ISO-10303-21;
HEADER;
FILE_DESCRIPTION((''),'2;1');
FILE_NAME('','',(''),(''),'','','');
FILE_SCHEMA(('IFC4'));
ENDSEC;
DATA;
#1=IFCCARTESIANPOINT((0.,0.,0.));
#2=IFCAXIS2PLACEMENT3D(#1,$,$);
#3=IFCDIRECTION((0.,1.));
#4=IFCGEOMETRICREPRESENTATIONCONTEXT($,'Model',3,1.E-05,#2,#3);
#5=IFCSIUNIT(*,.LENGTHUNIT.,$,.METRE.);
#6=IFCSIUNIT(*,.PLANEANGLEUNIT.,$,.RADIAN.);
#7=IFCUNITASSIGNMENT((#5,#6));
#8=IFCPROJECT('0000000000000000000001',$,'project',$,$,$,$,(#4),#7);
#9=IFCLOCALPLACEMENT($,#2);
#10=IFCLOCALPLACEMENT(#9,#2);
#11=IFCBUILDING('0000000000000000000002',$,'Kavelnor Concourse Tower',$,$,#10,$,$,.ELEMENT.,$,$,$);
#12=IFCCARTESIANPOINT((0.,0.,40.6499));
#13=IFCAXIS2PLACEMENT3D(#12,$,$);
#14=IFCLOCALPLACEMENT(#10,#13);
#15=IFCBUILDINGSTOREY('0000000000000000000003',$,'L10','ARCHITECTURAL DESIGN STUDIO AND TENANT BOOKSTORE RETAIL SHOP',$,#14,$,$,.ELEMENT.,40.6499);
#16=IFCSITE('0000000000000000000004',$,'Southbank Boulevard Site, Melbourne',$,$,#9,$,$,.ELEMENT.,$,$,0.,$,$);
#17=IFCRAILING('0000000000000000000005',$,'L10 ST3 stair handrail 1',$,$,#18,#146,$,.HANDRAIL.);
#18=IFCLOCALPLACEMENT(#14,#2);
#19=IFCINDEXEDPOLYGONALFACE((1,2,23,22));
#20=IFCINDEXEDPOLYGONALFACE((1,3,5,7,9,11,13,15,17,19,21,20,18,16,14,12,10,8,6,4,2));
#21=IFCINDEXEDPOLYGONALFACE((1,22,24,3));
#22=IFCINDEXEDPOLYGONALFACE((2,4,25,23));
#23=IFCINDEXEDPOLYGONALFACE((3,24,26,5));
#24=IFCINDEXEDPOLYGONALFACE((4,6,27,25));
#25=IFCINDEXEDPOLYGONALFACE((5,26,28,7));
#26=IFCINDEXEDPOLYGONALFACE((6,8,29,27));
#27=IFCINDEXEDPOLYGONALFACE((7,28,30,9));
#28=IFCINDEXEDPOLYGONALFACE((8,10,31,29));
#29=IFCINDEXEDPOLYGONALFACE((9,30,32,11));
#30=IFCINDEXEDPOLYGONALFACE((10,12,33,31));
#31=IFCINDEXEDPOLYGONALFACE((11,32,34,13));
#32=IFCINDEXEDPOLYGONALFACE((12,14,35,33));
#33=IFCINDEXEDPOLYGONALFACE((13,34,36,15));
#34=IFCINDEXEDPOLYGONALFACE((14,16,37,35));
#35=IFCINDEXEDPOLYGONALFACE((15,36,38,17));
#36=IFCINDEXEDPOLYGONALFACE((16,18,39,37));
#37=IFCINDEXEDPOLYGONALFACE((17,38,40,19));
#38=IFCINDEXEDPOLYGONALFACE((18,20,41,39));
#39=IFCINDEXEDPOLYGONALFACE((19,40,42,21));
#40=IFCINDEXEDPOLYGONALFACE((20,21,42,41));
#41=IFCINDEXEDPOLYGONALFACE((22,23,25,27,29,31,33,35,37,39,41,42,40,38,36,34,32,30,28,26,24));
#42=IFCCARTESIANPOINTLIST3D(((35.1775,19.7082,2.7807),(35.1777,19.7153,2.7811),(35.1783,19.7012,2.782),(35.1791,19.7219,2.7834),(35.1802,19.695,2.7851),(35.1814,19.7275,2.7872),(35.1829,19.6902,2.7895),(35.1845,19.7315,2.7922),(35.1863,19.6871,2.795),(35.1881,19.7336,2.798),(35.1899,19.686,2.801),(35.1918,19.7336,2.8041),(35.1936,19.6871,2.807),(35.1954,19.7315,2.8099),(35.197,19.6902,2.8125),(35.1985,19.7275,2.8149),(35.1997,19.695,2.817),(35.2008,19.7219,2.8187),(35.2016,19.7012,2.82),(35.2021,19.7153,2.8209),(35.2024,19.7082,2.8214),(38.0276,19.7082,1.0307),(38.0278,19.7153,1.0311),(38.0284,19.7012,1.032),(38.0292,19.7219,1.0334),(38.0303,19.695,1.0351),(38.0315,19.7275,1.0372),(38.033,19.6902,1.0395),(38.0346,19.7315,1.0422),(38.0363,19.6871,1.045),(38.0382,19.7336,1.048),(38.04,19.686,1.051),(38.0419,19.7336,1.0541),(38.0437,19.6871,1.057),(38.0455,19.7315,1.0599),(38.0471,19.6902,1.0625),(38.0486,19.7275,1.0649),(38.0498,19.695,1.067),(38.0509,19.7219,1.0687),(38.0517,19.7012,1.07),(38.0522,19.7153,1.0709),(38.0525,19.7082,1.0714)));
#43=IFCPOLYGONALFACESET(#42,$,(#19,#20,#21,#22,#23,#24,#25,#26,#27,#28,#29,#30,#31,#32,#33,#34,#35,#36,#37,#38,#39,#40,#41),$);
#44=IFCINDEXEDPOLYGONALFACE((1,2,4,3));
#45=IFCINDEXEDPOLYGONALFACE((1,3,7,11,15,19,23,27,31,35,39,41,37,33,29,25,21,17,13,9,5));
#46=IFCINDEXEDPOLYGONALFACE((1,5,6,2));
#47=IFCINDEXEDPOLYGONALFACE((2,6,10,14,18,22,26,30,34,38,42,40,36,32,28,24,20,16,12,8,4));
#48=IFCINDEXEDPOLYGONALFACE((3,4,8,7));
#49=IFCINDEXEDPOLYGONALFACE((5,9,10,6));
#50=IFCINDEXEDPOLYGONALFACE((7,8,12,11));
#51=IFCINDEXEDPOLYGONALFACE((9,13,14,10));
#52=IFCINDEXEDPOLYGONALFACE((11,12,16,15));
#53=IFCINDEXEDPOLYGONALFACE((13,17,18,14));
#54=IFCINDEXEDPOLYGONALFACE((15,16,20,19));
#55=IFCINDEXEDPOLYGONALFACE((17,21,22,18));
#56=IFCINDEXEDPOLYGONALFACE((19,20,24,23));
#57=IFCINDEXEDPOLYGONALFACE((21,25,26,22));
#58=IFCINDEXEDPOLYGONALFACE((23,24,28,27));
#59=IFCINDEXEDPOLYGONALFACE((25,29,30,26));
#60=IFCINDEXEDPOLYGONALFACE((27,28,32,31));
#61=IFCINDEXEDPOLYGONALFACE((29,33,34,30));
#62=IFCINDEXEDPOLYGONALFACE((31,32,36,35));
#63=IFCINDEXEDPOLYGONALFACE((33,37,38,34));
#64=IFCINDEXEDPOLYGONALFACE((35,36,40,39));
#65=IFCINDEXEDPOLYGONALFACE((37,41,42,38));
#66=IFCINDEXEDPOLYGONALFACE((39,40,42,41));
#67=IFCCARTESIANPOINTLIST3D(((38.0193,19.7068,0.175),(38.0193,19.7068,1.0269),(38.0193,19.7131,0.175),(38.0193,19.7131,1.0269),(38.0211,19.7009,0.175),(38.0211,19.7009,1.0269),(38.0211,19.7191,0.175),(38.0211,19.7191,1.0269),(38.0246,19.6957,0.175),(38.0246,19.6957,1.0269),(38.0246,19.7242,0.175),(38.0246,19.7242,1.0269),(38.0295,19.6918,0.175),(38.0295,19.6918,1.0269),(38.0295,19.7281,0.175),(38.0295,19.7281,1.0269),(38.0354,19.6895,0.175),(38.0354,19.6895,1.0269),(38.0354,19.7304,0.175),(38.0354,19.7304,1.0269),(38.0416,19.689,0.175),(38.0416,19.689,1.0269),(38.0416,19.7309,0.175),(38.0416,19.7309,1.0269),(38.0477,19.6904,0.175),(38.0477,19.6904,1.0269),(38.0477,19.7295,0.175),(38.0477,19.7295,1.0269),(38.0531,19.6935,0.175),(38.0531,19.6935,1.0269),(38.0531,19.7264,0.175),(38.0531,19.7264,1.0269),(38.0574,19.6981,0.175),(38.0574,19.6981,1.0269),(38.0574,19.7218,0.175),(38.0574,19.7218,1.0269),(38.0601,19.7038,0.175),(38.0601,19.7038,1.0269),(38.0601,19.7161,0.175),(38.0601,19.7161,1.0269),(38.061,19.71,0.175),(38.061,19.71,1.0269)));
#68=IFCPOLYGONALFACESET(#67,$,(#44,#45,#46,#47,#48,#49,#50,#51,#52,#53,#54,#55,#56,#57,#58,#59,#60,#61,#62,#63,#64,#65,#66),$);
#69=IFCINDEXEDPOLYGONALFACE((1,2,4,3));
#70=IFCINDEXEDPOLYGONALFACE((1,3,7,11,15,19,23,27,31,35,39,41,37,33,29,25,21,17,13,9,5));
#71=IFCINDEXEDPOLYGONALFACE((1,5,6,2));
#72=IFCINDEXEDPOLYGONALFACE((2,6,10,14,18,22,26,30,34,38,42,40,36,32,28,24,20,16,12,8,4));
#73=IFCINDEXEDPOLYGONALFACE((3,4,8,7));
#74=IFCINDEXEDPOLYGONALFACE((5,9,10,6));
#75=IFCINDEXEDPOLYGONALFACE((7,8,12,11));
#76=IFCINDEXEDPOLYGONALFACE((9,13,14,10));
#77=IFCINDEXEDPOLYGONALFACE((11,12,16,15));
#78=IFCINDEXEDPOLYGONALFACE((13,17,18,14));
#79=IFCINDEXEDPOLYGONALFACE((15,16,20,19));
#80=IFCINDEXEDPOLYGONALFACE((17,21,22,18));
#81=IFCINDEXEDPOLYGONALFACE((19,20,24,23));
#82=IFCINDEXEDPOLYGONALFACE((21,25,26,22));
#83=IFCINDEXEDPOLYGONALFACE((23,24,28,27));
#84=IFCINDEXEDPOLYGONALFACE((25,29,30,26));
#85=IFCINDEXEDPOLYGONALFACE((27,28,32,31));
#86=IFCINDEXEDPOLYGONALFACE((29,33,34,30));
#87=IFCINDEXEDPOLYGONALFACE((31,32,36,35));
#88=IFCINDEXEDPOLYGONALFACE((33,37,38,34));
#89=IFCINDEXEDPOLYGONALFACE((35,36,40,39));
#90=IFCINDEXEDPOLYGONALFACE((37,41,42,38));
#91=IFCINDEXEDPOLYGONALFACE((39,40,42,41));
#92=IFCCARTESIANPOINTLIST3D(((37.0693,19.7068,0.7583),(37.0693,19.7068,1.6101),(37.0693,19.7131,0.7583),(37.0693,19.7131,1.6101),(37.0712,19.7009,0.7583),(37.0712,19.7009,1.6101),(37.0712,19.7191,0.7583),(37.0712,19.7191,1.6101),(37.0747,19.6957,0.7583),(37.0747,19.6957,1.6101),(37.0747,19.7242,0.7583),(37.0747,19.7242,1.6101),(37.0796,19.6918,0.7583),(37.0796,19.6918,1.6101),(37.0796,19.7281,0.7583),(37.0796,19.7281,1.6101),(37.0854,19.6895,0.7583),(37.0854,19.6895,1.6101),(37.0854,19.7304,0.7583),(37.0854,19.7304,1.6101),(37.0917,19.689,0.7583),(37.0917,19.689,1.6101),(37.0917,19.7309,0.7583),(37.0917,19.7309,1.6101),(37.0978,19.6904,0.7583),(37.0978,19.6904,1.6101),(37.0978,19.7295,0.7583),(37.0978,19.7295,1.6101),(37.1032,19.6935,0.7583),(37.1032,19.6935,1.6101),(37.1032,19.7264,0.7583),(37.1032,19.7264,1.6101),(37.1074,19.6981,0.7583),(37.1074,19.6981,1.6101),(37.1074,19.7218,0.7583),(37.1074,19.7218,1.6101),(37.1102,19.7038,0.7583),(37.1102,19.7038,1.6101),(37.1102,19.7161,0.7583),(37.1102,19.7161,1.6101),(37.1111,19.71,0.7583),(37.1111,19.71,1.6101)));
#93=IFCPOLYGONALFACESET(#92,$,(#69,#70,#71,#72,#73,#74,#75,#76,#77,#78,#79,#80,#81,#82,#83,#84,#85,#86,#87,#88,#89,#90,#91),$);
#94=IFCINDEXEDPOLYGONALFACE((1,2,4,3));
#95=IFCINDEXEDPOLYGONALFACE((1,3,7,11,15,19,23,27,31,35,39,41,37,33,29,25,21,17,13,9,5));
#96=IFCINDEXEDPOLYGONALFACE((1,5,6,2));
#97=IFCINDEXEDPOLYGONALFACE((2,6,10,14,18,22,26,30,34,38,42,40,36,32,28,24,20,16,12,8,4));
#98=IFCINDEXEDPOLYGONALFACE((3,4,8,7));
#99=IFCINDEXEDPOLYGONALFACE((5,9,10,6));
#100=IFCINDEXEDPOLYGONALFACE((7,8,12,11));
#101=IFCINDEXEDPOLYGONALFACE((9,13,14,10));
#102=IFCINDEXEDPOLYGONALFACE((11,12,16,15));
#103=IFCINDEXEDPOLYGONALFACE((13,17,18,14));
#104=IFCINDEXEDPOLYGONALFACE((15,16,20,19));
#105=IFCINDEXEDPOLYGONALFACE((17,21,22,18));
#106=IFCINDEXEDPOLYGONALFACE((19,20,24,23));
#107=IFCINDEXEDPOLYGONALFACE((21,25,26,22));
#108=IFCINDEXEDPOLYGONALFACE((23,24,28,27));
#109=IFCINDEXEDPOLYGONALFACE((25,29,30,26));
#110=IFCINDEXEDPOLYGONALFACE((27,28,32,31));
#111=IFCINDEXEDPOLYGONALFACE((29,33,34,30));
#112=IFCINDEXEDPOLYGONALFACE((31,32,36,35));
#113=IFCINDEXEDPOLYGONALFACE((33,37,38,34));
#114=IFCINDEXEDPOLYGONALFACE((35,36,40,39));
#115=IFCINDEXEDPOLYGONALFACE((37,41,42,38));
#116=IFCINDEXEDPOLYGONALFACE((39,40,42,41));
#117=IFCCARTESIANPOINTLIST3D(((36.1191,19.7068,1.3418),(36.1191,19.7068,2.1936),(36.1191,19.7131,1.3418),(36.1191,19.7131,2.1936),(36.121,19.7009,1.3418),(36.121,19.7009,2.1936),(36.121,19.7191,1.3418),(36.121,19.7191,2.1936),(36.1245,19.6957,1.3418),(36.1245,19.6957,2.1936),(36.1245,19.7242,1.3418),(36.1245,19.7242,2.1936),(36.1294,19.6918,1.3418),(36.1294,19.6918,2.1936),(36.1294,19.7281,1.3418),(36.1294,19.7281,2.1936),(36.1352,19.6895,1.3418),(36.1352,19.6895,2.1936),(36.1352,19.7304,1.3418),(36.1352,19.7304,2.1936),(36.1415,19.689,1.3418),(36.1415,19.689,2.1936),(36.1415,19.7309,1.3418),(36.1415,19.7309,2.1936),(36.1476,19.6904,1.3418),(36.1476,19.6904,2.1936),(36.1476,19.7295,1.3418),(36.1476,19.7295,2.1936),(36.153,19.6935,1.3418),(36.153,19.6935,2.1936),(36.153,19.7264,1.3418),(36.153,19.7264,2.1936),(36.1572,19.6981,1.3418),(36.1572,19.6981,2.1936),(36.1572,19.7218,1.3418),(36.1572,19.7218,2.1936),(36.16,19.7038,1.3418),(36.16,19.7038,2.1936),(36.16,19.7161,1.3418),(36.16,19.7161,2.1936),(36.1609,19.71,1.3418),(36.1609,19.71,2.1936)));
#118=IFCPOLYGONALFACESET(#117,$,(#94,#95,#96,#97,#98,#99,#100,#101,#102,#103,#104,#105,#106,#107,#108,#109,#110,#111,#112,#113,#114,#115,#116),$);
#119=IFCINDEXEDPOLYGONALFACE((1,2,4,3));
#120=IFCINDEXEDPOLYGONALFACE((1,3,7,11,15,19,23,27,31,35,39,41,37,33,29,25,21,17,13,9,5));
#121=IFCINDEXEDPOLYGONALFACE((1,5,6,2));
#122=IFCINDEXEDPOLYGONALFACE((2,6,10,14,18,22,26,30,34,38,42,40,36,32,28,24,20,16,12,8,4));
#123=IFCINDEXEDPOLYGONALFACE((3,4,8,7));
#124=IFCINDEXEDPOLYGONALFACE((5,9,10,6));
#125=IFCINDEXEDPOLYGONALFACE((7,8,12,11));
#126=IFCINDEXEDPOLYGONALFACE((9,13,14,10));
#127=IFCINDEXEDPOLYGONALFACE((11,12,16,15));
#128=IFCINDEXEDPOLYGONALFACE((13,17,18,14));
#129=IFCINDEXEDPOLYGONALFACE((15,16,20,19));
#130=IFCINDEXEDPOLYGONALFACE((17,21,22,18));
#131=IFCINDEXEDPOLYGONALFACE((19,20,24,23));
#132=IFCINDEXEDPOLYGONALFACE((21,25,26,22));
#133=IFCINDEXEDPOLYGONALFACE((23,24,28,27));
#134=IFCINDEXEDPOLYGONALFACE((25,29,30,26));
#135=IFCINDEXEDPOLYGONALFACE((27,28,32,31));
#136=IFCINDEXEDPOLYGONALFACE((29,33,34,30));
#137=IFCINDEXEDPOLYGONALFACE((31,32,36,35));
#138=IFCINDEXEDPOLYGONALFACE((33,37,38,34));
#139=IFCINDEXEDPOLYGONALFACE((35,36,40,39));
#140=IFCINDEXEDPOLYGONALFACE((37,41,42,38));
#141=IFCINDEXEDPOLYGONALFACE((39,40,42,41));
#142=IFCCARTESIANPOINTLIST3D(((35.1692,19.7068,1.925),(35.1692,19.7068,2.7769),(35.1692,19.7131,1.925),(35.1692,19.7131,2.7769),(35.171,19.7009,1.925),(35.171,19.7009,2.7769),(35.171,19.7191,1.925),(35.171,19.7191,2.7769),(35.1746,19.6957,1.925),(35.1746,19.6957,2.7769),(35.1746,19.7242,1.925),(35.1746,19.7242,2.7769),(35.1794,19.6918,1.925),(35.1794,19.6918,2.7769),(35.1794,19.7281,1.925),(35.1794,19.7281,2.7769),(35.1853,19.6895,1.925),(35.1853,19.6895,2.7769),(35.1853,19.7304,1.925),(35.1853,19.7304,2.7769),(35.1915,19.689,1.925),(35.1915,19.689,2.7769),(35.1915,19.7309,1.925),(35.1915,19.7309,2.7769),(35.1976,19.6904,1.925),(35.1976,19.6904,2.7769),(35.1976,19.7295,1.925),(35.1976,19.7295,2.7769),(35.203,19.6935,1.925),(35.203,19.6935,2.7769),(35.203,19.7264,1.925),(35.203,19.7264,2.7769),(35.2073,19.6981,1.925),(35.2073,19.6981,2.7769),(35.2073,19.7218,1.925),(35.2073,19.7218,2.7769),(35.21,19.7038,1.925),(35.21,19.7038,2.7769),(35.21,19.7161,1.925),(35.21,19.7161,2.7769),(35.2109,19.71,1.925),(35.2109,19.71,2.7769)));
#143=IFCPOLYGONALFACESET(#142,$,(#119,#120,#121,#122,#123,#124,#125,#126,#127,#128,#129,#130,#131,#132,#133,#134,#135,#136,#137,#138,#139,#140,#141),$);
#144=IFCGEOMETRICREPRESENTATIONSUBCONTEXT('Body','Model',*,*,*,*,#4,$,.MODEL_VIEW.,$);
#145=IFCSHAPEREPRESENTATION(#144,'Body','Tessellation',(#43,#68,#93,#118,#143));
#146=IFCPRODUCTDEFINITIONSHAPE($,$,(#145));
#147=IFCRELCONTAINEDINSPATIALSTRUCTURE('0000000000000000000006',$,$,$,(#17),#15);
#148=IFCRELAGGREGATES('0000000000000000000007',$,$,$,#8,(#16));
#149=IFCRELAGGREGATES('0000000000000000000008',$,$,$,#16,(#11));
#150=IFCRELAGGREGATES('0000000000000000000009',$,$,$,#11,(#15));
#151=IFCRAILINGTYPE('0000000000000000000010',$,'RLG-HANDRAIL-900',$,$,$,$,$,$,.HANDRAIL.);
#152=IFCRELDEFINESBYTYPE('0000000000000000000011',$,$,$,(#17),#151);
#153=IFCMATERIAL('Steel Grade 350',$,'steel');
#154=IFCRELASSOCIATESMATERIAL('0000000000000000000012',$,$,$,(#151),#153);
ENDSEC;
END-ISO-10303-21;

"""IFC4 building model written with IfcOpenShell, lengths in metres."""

from ifc_helpers import new_model, si_unit, direction, frame, origin, origin_2d, place, context, subcontext, project, spatial, circle, extrude, material, type_object, element, save


model = new_model("IFC4")

# Units and contexts
model_context = context("Model", 3, precision=1e-05, world=origin(), true_north=direction((0.0, 1.0)))
body_context = subcontext(model_context, "Body", "Model", "MODEL_VIEW")
ifc_project = project(units=[si_unit("LENGTHUNIT", "METRE"), si_unit("PLANEANGLEUNIT", "RADIAN")], contexts=[model_context])

# Site, building, storey
site_placement = place(None, origin())
site = spatial("IfcSite", under=ifc_project, at=site_placement, Name="Southbank Boulevard Site, Melbourne", CompositionType="ELEMENT", RefElevation=0.0)
building_placement = place(site_placement, origin())
building = spatial("IfcBuilding", under=site, at=building_placement, Name="Kavelnor Concourse Tower", CompositionType="ELEMENT")
storey_placement = place(building_placement, frame((0.0, 0.0, 40.6499)))
storey = spatial("IfcBuildingStorey", under=building, at=storey_placement, Name="L10", Description="ARCHITECTURAL DESIGN STUDIO AND TENANT BOOKSTORE RETAIL SHOP", CompositionType="ELEMENT", Elevation=40.6499)

# Shared definitions
ifc_material_1 = material(Name="Steel Grade 350", Category="steel")

# Railing
railing_type_1 = type_object("IfcRailingType", Name="RLG-HANDRAIL-900", PredefinedType="HANDRAIL", material=ifc_material_1)
railing_1_placement = place(storey_placement, frame((38.04, 19.71, 0.175)))
element("IfcRailing", 1, at=railing_1_placement, inside=storey, type_object=railing_type_1, Name="L10 ST3 stair handrail 1", PredefinedType="HANDRAIL", context=body_context, shape_type="SweptSolid", body=[
    extrude(circle(Radius=0.0239, at=origin_2d()), frame((0.0, 0.0, 0.876), z_axis=(-0.852179, 0.0, 0.52325), x_axis=(0.0, -1.0, 0.0)), (0.0, 0.0, 1.0), 3.3445),
    extrude(circle(Radius=0.021, at=origin_2d()), origin(), (0.0, 0.0, 1.0), 0.8518),
    extrude(circle(Radius=0.021, at=origin_2d()), frame((-0.95, 0.0, 0.5833)), (0.0, 0.0, 1.0), 0.8518),
    extrude(circle(Radius=0.021, at=origin_2d()), frame((-1.9001, 0.0, 1.1667)), (0.0, 0.0, 1.0), 0.8518),
    extrude(circle(Radius=0.021, at=origin_2d()), frame((-2.8501, 0.0, 1.75)), (0.0, 0.0, 1.0), 0.8518),
])

save(model, "model.ifc")
